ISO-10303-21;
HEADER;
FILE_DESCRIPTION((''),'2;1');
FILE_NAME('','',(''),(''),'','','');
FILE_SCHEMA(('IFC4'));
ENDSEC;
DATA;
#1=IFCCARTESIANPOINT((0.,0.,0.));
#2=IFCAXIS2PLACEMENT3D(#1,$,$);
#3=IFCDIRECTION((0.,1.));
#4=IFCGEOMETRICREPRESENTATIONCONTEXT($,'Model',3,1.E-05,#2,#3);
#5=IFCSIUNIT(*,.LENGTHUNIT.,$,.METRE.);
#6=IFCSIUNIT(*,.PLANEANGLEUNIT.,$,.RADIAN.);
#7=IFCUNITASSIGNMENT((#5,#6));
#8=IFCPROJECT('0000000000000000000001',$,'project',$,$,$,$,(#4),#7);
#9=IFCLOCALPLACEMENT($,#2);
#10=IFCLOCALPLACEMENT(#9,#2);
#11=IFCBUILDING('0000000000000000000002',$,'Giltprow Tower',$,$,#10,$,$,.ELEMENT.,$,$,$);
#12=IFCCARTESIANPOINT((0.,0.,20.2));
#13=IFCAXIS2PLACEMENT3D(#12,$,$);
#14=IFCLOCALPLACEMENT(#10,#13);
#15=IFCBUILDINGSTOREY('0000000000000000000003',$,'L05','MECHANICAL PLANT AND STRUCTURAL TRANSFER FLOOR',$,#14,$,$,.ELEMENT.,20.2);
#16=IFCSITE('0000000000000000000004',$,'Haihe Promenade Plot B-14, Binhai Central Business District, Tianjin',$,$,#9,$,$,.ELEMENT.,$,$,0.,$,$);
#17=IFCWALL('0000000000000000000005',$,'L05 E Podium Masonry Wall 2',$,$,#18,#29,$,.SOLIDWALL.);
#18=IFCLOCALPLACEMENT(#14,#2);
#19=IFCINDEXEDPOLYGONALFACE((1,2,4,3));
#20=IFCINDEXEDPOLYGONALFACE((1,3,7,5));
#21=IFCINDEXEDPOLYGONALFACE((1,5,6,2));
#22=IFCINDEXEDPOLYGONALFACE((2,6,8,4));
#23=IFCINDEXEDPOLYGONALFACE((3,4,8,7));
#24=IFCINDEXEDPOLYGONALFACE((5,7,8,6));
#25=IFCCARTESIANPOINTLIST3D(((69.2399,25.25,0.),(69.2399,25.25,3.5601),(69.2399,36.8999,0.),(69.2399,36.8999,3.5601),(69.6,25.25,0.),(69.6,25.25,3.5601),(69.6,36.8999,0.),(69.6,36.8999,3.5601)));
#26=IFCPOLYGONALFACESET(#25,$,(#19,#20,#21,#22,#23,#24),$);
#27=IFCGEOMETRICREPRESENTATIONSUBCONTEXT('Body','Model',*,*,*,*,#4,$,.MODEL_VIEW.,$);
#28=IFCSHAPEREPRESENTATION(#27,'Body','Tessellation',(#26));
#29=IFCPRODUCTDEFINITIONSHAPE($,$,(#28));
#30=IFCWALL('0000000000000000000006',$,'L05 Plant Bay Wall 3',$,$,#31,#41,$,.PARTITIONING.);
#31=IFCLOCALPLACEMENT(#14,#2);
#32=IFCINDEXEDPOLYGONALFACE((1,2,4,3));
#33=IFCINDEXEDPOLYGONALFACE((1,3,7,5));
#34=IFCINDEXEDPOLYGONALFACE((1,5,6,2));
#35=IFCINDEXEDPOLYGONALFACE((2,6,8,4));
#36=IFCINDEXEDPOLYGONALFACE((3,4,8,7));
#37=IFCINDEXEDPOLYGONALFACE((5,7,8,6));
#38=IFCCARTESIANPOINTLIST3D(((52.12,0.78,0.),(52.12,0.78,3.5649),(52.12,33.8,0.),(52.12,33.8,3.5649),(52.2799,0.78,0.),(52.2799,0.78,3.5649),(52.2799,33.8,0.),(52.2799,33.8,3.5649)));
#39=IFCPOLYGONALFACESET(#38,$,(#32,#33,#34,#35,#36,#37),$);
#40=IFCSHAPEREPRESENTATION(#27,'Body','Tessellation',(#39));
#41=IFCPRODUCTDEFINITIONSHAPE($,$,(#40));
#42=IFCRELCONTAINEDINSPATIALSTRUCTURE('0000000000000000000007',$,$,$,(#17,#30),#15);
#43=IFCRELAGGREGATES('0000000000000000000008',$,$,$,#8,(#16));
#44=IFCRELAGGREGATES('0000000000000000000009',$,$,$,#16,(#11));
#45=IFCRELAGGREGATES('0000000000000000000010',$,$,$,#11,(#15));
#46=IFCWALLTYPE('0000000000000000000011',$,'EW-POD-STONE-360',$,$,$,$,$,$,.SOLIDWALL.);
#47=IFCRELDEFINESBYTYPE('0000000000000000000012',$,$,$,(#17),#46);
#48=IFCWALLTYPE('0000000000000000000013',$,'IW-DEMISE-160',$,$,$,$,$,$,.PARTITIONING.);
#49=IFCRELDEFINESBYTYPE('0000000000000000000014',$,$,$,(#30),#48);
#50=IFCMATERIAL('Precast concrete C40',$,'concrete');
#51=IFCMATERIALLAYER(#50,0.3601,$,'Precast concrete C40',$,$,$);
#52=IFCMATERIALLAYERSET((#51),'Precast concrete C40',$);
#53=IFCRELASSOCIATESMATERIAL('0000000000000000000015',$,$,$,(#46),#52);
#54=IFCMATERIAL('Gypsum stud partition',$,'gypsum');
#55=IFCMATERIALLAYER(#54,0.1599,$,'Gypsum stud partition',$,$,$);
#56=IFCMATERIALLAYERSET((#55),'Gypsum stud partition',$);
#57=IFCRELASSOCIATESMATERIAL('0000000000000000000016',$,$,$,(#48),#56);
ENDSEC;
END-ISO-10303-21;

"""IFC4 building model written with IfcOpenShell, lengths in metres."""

from ifc_helpers import new_model, si_unit, direction, frame, frame_2d, origin, place, context, subcontext, project, spatial, rectangle, extrude, material, layer, layer_set, type_object, element, save


model = new_model("IFC4")

# Units and contexts
model_context = context("Model", 3, precision=1e-05, world=origin(), true_north=direction((0.0, 1.0)))
body_context = subcontext(model_context, "Body", "Model", "MODEL_VIEW")
ifc_project = project(units=[si_unit("LENGTHUNIT", "METRE"), si_unit("PLANEANGLEUNIT", "RADIAN")], contexts=[model_context])

# Site, building, storey
site_placement = place(None, origin())
site = spatial("IfcSite", under=ifc_project, at=site_placement, Name="Haihe Promenade Plot B-14, Binhai Central Business District, Tianjin", CompositionType="ELEMENT", RefElevation=0.0)
building_placement = place(site_placement, origin())
building = spatial("IfcBuilding", under=site, at=building_placement, Name="Giltprow Tower", CompositionType="ELEMENT")
storey_placement = place(building_placement, frame((0.0, 0.0, 20.2)))
storey = spatial("IfcBuildingStorey", under=building, at=storey_placement, Name="L05", Description="MECHANICAL PLANT AND STRUCTURAL TRANSFER FLOOR", CompositionType="ELEMENT", Elevation=20.2)

# Shared definitions
ifc_material_1 = material(Name="Precast concrete C40", Category="concrete")
ifc_layer_1 = layer(ifc_material_1, 0.3601, Name="Precast concrete C40")
ifc_layer_set_1 = layer_set([ifc_layer_1], Name="Precast concrete C40")
wall_type_1 = type_object("IfcWallType", Name="EW-POD-STONE-360", PredefinedType="SOLIDWALL", material=ifc_layer_set_1)

# Walls
wall_1_placement = place(storey_placement, frame((69.4199, 25.25, 0.0), z_axis=(0.0, 0.0, 1.0), x_axis=(0.0, 1.0, 0.0)))
element("IfcWall", 1, at=wall_1_placement, inside=storey, type_object=wall_type_1, Name="L05 E Podium Masonry Wall 2", PredefinedType="SOLIDWALL", context=body_context, shape_type="SweptSolid", body=[
    extrude(rectangle(XDim=11.6499, YDim=0.3601, at=frame_2d((5.825, 0.0))), origin(), (0.0, 0.0, 1.0), 3.5601),
])
ifc_material_2 = material(Name="Gypsum stud partition", Category="gypsum")
ifc_layer_2 = layer(ifc_material_2, 0.1599, Name="Gypsum stud partition")
ifc_layer_set_2 = layer_set([ifc_layer_2], Name="Gypsum stud partition")
wall_type_2 = type_object("IfcWallType", Name="IW-DEMISE-160", PredefinedType="PARTITIONING", material=ifc_layer_set_2)
wall_2_placement = place(storey_placement, frame((52.2, 0.78, 0.0), z_axis=(0.0, 0.0, 1.0), x_axis=(0.0, 1.0, 0.0)))
element("IfcWall", 2, at=wall_2_placement, inside=storey, type_object=wall_type_2, Name="L05 Plant Bay Wall 3", PredefinedType="PARTITIONING", context=body_context, shape_type="SweptSolid", body=[
    extrude(rectangle(XDim=33.02, YDim=0.1599, at=frame_2d((16.51, 0.0))), origin(), (0.0, 0.0, 1.0), 3.5649),
])

save(model, "model.ifc")
